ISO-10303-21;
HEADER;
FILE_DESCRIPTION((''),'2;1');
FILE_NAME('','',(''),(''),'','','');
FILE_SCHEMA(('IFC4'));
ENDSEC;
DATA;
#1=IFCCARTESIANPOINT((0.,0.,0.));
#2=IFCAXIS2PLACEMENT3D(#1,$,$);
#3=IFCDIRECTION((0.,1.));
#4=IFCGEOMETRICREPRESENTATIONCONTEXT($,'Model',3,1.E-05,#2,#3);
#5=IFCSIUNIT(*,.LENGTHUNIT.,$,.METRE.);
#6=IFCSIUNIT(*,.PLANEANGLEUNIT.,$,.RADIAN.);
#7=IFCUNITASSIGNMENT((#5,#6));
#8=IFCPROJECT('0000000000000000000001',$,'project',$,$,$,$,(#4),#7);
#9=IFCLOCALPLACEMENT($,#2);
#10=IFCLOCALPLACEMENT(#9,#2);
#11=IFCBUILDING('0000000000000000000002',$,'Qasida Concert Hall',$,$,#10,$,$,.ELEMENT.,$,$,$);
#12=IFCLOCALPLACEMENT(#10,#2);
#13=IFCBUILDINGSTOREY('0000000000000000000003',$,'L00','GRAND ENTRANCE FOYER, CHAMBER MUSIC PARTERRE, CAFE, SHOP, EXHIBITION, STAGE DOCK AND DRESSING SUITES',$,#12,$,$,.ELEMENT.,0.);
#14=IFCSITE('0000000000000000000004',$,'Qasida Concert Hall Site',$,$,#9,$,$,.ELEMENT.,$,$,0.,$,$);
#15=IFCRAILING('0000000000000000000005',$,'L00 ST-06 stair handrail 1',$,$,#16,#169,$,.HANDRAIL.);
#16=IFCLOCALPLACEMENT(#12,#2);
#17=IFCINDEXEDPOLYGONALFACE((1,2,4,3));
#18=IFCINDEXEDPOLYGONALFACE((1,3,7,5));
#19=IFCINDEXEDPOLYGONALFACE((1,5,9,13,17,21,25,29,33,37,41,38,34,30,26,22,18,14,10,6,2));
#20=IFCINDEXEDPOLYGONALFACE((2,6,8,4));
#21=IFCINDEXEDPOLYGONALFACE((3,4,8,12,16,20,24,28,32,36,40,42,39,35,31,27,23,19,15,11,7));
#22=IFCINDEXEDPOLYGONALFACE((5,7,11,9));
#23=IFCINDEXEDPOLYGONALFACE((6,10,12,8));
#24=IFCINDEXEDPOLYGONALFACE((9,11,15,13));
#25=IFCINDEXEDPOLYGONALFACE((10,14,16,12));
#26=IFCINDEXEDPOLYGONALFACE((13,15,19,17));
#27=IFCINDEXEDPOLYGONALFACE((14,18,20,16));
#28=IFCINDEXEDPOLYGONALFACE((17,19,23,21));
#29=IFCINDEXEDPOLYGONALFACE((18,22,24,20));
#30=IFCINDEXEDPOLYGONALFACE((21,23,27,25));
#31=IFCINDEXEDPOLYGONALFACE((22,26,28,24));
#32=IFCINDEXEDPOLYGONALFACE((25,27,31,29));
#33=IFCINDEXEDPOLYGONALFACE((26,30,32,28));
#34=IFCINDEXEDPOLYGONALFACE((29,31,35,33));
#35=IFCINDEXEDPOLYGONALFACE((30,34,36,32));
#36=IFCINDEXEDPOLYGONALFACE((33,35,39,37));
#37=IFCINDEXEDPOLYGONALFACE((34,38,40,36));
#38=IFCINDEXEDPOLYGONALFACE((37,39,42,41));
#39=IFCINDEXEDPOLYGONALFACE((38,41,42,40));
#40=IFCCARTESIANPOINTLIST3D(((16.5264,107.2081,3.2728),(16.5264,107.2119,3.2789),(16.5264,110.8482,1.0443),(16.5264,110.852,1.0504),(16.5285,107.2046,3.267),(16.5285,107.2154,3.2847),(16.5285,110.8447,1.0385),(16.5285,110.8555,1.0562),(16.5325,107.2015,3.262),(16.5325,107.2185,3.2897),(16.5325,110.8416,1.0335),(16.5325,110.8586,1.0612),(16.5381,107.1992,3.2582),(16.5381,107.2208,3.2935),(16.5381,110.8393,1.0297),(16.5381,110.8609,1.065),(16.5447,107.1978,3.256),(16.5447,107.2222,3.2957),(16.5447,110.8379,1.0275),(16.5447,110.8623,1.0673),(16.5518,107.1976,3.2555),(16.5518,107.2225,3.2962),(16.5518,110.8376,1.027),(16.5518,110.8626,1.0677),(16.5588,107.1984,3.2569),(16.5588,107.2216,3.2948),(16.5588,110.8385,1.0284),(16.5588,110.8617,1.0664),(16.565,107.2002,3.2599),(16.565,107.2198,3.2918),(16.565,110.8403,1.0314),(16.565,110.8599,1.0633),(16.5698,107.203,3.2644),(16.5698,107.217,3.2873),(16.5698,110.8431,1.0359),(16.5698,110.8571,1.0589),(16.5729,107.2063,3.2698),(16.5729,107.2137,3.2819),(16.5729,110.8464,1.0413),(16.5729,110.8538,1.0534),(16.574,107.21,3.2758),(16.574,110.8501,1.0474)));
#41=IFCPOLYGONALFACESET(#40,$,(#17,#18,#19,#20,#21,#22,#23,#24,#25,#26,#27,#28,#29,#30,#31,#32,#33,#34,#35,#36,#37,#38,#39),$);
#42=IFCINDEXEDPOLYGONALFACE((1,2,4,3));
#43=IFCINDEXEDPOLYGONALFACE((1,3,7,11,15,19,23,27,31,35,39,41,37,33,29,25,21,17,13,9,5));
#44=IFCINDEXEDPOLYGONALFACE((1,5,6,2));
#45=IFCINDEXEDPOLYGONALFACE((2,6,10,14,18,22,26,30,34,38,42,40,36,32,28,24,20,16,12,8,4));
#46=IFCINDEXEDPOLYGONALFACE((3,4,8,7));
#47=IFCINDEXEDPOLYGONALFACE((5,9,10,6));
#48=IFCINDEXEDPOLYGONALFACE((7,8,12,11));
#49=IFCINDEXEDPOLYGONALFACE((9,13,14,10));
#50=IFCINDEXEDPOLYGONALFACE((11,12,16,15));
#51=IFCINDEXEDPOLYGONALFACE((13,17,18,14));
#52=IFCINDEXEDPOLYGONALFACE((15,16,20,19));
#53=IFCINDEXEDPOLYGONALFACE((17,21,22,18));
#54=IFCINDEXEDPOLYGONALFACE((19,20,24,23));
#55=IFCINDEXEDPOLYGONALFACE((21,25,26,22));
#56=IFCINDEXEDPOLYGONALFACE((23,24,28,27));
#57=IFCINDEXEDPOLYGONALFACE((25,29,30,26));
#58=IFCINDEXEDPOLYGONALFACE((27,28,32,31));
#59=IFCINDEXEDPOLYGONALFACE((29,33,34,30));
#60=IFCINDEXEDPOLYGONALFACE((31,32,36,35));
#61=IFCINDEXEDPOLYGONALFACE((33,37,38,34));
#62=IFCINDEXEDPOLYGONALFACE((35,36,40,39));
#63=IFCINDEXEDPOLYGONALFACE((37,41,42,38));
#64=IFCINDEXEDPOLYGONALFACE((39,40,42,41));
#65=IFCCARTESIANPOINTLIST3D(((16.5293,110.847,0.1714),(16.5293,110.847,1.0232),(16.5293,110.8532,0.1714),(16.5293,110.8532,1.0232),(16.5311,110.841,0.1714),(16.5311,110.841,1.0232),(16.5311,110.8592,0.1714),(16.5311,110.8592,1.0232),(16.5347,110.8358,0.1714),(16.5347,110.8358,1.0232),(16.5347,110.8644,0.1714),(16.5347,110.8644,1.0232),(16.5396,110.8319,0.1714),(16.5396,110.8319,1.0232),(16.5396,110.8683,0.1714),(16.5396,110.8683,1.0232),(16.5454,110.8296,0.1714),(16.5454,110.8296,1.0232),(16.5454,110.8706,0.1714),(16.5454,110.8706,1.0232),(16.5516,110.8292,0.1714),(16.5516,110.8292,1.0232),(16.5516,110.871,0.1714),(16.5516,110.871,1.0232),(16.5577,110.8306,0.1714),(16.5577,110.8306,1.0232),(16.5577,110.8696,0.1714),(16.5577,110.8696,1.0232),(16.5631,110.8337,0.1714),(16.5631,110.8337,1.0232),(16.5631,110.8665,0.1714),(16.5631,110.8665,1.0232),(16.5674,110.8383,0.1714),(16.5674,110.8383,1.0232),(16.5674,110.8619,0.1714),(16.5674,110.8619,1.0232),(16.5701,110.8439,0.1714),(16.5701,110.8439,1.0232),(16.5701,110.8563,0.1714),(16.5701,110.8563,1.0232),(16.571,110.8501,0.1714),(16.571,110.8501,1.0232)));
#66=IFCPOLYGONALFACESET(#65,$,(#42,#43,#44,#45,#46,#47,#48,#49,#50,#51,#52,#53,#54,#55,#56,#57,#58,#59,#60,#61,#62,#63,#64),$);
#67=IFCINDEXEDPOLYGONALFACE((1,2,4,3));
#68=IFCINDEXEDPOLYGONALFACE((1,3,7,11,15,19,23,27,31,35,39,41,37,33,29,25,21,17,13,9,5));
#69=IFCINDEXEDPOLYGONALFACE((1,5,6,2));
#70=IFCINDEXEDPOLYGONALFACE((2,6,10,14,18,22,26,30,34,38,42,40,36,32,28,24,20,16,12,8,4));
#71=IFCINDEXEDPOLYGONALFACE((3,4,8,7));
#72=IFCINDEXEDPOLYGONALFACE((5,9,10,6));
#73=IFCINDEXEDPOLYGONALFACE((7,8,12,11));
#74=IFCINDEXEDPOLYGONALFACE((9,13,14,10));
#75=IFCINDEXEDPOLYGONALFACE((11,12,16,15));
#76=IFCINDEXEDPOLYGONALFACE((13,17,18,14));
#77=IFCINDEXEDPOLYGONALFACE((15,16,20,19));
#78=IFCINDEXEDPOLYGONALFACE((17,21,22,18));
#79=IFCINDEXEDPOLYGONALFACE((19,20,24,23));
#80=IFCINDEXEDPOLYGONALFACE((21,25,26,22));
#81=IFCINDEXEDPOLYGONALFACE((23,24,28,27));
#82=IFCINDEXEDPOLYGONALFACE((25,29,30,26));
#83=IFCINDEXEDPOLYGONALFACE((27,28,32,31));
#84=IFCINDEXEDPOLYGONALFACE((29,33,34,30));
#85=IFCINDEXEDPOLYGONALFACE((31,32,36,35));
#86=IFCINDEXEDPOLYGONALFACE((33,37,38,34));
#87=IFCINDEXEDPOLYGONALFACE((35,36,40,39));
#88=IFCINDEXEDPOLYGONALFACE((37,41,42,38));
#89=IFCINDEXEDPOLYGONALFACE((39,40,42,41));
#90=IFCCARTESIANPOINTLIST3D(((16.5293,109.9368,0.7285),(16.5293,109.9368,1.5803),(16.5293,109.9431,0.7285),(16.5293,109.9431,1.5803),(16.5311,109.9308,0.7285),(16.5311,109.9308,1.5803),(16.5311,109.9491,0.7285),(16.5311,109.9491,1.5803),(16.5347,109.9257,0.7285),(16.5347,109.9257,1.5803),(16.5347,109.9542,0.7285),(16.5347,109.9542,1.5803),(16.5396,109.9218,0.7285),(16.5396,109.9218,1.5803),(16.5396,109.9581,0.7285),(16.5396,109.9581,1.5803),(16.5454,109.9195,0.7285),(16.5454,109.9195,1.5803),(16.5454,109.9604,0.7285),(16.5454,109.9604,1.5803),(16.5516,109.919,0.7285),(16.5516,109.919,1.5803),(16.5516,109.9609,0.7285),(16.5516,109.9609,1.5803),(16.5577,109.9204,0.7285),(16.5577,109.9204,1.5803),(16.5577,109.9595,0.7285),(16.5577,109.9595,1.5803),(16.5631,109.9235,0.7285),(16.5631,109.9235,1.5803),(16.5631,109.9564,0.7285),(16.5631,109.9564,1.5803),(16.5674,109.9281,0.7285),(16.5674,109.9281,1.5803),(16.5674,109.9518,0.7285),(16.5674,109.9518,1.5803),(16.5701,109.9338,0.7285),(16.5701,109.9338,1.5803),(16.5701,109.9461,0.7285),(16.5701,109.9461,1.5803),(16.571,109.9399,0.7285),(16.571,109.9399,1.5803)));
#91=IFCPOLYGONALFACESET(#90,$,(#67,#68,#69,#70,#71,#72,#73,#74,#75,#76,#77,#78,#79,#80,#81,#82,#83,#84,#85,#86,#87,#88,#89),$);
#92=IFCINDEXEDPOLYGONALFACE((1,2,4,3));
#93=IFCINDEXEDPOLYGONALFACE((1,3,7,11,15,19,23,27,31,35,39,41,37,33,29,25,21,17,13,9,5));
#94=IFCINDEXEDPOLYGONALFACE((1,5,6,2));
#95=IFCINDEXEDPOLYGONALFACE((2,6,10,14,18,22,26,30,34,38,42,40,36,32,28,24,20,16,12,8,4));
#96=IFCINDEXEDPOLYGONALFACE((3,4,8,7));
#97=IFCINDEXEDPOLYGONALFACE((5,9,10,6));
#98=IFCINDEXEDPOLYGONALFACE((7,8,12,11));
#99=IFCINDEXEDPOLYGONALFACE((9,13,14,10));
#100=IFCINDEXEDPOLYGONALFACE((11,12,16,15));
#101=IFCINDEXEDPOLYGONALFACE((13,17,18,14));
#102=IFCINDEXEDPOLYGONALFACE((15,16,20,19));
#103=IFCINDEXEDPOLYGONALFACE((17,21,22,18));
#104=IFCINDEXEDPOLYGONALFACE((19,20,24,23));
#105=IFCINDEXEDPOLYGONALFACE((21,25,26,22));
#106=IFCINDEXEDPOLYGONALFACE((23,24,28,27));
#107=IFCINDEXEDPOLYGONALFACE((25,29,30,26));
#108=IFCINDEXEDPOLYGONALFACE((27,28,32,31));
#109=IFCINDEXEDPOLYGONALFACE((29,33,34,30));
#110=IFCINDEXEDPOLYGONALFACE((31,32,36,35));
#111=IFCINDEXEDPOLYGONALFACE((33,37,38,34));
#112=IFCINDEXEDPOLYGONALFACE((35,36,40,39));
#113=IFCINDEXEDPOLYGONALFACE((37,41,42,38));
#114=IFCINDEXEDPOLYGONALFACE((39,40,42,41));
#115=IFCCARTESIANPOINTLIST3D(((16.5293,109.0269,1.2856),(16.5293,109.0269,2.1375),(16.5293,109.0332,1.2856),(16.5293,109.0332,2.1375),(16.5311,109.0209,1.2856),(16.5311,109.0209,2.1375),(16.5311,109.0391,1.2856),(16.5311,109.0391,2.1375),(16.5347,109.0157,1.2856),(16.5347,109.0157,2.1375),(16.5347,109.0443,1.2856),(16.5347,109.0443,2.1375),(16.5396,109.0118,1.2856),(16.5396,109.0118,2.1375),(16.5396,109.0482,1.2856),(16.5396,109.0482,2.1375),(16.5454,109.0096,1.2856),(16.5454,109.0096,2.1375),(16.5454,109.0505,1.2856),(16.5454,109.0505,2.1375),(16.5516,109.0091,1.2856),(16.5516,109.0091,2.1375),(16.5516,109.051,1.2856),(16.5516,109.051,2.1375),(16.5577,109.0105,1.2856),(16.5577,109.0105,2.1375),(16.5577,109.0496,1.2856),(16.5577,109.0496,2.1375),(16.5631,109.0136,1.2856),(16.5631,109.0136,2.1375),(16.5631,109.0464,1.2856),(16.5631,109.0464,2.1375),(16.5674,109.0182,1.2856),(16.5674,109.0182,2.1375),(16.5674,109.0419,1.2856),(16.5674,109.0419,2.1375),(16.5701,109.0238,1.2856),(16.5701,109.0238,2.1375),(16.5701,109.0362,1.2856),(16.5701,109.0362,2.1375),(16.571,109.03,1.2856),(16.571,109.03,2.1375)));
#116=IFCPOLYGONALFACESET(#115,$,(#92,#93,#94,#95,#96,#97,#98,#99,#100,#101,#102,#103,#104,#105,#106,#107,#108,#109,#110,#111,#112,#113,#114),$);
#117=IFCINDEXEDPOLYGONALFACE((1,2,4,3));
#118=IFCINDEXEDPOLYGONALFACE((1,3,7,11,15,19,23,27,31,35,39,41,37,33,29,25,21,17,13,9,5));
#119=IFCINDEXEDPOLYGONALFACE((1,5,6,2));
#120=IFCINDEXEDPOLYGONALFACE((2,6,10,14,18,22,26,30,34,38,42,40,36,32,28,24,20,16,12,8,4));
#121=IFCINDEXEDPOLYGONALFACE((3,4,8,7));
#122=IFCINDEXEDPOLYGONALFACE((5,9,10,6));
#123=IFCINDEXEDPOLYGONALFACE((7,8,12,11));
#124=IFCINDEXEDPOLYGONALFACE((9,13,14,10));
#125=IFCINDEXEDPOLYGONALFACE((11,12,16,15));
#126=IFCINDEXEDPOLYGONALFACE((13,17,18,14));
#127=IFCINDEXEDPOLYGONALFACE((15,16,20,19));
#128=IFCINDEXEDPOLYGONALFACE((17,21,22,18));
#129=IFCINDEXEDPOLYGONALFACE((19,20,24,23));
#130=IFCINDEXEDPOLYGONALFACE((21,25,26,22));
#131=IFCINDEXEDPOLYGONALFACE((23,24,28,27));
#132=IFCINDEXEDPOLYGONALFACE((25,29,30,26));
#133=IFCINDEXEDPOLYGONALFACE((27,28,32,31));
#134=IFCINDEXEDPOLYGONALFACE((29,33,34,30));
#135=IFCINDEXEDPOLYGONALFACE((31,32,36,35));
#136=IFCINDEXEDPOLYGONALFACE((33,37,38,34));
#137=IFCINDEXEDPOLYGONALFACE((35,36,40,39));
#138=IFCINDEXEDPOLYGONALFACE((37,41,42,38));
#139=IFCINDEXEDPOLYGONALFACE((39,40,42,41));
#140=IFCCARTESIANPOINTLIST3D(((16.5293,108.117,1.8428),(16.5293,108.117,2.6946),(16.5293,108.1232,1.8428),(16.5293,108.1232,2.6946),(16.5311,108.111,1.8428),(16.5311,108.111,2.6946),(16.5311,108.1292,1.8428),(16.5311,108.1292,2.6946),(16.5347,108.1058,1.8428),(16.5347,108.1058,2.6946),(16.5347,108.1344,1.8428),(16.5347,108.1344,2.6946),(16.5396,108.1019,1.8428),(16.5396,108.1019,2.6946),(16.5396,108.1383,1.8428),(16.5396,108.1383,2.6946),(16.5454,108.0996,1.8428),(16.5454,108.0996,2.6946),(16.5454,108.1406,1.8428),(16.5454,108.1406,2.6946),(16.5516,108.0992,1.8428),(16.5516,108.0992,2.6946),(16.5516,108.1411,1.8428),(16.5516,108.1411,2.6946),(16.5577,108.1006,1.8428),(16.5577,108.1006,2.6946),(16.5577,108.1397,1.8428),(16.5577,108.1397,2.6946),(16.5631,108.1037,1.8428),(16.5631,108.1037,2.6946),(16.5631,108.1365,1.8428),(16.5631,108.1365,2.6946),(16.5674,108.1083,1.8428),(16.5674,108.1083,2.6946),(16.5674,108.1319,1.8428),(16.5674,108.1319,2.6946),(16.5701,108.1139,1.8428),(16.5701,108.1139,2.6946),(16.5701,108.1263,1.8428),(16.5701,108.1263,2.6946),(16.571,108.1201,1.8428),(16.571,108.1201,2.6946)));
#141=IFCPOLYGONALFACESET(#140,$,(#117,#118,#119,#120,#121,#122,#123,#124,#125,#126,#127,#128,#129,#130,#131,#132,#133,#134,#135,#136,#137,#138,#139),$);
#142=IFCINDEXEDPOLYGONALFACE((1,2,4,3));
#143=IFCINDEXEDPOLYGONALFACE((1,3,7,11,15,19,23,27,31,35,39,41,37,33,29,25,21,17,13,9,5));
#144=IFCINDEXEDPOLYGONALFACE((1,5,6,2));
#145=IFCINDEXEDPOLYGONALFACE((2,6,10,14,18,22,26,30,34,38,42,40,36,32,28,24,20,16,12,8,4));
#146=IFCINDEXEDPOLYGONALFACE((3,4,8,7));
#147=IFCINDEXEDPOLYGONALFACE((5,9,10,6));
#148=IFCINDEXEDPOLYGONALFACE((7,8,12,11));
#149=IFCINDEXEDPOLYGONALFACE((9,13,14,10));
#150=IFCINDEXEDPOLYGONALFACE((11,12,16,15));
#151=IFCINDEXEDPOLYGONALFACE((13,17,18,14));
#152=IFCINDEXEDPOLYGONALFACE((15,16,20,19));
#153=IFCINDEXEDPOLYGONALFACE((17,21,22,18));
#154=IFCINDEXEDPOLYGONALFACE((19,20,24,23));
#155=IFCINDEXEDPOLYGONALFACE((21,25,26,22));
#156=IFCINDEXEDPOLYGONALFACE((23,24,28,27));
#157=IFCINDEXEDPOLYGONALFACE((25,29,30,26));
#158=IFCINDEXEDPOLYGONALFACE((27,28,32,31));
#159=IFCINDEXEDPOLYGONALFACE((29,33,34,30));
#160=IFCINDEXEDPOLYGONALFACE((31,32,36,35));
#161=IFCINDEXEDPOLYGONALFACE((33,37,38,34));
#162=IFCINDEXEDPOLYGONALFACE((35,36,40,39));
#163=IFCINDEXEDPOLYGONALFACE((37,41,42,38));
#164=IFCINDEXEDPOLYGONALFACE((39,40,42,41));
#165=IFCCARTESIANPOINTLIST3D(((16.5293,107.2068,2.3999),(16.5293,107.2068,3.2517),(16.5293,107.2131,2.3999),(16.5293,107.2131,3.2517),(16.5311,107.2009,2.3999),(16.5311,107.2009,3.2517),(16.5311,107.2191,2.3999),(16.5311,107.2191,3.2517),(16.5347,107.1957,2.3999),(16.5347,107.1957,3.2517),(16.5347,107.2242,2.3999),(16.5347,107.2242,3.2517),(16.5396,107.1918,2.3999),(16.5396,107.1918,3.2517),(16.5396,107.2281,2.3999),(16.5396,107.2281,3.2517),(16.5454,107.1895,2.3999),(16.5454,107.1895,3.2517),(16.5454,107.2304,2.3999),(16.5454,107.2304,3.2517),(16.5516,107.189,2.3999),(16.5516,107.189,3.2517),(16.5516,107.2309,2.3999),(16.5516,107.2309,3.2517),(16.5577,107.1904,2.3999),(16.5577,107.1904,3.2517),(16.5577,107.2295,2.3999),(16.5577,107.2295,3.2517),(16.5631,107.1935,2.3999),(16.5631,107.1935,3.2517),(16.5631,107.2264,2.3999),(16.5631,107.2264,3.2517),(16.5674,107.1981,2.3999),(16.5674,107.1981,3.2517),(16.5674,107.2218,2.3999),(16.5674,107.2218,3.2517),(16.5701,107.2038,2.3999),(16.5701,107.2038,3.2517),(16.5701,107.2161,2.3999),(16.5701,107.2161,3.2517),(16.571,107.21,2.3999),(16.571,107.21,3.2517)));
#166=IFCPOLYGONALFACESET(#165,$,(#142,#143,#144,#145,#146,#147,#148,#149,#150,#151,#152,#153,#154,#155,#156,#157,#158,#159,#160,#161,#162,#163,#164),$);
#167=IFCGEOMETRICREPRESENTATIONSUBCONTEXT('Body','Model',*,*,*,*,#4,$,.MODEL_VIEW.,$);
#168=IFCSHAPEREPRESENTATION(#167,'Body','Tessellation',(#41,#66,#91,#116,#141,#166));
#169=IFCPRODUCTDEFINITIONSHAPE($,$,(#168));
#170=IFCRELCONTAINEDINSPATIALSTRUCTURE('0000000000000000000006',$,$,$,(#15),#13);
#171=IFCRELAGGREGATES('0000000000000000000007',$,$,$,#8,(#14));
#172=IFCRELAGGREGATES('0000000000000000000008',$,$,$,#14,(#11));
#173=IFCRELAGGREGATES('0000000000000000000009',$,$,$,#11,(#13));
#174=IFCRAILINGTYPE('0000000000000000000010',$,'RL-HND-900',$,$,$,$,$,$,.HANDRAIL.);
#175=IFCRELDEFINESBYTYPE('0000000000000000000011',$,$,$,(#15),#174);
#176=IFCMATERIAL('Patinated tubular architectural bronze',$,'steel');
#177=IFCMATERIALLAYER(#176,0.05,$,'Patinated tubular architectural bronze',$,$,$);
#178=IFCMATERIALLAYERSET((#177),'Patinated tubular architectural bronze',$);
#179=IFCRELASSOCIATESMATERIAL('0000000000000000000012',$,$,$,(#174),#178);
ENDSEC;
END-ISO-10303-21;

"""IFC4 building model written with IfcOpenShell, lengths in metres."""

from ifc_helpers import new_model, si_unit, direction, frame, origin, origin_2d, place, context, subcontext, project, spatial, circle, extrude, material, layer, layer_set, type_object, element, save


model = new_model("IFC4")

# Units and contexts
model_context = context("Model", 3, precision=1e-05, world=origin(), true_north=direction((0.0, 1.0)))
body_context = subcontext(model_context, "Body", "Model", "MODEL_VIEW")
ifc_project = project(units=[si_unit("LENGTHUNIT", "METRE"), si_unit("PLANEANGLEUNIT", "RADIAN")], contexts=[model_context])

# Site, building, storey
site_placement = place(None, origin())
site = spatial("IfcSite", under=ifc_project, at=site_placement, Name="Qasida Concert Hall Site", CompositionType="ELEMENT", RefElevation=0.0)
building_placement = place(site_placement, origin())
building = spatial("IfcBuilding", under=site, at=building_placement, Name="Qasida Concert Hall", CompositionType="ELEMENT")
storey_placement = place(building_placement, origin())
storey = spatial("IfcBuildingStorey", under=building, at=storey_placement, Name="L00", Description="GRAND ENTRANCE FOYER, CHAMBER MUSIC PARTERRE, CAFE, SHOP, EXHIBITION, STAGE DOCK AND DRESSING SUITES", CompositionType="ELEMENT", Elevation=0.0)

# Railing
ifc_material_1 = material(Name="Patinated tubular architectural bronze", Category="steel")
ifc_layer_1 = layer(ifc_material_1, 0.05, Name="Patinated tubular architectural bronze")
ifc_layer_set_1 = layer_set([ifc_layer_1], Name="Patinated tubular architectural bronze")
railing_type_1 = type_object("IfcRailingType", Name="RL-HND-900", PredefinedType="HANDRAIL", material=ifc_layer_set_1)
railing_1_placement = place(storey_placement, frame((16.55, 110.8501, 0.1714)))
element("IfcRailing", 1, at=railing_1_placement, inside=storey, type_object=railing_type_1, Name="L00 ST-06 stair handrail 1", PredefinedType="HANDRAIL", context=body_context, shape_type="SweptSolid", body=[
    extrude(circle(Radius=0.0239, at=origin_2d()), frame((0.0, 0.0, 0.876), z_axis=(0.0, -0.852866, 0.52213), x_axis=(1.0, 0.0, 0.0)), (0.0, 0.0, 1.0), 4.2681),
    extrude(circle(Radius=0.021, at=origin_2d()), origin(), (0.0, 0.0, 1.0), 0.8518),
    extrude(circle(Radius=0.021, at=origin_2d()), frame((0.0, -0.9102, 0.5571)), (0.0, 0.0, 1.0), 0.8518),
    extrude(circle(Radius=0.021, at=origin_2d()), frame((0.0, -1.8201, 1.1143)), (0.0, 0.0, 1.0), 0.8518),
    extrude(circle(Radius=0.021, at=origin_2d()), frame((0.0, -2.73, 1.6714)), (0.0, 0.0, 1.0), 0.8518),
    extrude(circle(Radius=0.021, at=origin_2d()), frame((0.0, -3.6401, 2.2285)), (0.0, 0.0, 1.0), 0.8518),
])

save(model, "model.ifc")
